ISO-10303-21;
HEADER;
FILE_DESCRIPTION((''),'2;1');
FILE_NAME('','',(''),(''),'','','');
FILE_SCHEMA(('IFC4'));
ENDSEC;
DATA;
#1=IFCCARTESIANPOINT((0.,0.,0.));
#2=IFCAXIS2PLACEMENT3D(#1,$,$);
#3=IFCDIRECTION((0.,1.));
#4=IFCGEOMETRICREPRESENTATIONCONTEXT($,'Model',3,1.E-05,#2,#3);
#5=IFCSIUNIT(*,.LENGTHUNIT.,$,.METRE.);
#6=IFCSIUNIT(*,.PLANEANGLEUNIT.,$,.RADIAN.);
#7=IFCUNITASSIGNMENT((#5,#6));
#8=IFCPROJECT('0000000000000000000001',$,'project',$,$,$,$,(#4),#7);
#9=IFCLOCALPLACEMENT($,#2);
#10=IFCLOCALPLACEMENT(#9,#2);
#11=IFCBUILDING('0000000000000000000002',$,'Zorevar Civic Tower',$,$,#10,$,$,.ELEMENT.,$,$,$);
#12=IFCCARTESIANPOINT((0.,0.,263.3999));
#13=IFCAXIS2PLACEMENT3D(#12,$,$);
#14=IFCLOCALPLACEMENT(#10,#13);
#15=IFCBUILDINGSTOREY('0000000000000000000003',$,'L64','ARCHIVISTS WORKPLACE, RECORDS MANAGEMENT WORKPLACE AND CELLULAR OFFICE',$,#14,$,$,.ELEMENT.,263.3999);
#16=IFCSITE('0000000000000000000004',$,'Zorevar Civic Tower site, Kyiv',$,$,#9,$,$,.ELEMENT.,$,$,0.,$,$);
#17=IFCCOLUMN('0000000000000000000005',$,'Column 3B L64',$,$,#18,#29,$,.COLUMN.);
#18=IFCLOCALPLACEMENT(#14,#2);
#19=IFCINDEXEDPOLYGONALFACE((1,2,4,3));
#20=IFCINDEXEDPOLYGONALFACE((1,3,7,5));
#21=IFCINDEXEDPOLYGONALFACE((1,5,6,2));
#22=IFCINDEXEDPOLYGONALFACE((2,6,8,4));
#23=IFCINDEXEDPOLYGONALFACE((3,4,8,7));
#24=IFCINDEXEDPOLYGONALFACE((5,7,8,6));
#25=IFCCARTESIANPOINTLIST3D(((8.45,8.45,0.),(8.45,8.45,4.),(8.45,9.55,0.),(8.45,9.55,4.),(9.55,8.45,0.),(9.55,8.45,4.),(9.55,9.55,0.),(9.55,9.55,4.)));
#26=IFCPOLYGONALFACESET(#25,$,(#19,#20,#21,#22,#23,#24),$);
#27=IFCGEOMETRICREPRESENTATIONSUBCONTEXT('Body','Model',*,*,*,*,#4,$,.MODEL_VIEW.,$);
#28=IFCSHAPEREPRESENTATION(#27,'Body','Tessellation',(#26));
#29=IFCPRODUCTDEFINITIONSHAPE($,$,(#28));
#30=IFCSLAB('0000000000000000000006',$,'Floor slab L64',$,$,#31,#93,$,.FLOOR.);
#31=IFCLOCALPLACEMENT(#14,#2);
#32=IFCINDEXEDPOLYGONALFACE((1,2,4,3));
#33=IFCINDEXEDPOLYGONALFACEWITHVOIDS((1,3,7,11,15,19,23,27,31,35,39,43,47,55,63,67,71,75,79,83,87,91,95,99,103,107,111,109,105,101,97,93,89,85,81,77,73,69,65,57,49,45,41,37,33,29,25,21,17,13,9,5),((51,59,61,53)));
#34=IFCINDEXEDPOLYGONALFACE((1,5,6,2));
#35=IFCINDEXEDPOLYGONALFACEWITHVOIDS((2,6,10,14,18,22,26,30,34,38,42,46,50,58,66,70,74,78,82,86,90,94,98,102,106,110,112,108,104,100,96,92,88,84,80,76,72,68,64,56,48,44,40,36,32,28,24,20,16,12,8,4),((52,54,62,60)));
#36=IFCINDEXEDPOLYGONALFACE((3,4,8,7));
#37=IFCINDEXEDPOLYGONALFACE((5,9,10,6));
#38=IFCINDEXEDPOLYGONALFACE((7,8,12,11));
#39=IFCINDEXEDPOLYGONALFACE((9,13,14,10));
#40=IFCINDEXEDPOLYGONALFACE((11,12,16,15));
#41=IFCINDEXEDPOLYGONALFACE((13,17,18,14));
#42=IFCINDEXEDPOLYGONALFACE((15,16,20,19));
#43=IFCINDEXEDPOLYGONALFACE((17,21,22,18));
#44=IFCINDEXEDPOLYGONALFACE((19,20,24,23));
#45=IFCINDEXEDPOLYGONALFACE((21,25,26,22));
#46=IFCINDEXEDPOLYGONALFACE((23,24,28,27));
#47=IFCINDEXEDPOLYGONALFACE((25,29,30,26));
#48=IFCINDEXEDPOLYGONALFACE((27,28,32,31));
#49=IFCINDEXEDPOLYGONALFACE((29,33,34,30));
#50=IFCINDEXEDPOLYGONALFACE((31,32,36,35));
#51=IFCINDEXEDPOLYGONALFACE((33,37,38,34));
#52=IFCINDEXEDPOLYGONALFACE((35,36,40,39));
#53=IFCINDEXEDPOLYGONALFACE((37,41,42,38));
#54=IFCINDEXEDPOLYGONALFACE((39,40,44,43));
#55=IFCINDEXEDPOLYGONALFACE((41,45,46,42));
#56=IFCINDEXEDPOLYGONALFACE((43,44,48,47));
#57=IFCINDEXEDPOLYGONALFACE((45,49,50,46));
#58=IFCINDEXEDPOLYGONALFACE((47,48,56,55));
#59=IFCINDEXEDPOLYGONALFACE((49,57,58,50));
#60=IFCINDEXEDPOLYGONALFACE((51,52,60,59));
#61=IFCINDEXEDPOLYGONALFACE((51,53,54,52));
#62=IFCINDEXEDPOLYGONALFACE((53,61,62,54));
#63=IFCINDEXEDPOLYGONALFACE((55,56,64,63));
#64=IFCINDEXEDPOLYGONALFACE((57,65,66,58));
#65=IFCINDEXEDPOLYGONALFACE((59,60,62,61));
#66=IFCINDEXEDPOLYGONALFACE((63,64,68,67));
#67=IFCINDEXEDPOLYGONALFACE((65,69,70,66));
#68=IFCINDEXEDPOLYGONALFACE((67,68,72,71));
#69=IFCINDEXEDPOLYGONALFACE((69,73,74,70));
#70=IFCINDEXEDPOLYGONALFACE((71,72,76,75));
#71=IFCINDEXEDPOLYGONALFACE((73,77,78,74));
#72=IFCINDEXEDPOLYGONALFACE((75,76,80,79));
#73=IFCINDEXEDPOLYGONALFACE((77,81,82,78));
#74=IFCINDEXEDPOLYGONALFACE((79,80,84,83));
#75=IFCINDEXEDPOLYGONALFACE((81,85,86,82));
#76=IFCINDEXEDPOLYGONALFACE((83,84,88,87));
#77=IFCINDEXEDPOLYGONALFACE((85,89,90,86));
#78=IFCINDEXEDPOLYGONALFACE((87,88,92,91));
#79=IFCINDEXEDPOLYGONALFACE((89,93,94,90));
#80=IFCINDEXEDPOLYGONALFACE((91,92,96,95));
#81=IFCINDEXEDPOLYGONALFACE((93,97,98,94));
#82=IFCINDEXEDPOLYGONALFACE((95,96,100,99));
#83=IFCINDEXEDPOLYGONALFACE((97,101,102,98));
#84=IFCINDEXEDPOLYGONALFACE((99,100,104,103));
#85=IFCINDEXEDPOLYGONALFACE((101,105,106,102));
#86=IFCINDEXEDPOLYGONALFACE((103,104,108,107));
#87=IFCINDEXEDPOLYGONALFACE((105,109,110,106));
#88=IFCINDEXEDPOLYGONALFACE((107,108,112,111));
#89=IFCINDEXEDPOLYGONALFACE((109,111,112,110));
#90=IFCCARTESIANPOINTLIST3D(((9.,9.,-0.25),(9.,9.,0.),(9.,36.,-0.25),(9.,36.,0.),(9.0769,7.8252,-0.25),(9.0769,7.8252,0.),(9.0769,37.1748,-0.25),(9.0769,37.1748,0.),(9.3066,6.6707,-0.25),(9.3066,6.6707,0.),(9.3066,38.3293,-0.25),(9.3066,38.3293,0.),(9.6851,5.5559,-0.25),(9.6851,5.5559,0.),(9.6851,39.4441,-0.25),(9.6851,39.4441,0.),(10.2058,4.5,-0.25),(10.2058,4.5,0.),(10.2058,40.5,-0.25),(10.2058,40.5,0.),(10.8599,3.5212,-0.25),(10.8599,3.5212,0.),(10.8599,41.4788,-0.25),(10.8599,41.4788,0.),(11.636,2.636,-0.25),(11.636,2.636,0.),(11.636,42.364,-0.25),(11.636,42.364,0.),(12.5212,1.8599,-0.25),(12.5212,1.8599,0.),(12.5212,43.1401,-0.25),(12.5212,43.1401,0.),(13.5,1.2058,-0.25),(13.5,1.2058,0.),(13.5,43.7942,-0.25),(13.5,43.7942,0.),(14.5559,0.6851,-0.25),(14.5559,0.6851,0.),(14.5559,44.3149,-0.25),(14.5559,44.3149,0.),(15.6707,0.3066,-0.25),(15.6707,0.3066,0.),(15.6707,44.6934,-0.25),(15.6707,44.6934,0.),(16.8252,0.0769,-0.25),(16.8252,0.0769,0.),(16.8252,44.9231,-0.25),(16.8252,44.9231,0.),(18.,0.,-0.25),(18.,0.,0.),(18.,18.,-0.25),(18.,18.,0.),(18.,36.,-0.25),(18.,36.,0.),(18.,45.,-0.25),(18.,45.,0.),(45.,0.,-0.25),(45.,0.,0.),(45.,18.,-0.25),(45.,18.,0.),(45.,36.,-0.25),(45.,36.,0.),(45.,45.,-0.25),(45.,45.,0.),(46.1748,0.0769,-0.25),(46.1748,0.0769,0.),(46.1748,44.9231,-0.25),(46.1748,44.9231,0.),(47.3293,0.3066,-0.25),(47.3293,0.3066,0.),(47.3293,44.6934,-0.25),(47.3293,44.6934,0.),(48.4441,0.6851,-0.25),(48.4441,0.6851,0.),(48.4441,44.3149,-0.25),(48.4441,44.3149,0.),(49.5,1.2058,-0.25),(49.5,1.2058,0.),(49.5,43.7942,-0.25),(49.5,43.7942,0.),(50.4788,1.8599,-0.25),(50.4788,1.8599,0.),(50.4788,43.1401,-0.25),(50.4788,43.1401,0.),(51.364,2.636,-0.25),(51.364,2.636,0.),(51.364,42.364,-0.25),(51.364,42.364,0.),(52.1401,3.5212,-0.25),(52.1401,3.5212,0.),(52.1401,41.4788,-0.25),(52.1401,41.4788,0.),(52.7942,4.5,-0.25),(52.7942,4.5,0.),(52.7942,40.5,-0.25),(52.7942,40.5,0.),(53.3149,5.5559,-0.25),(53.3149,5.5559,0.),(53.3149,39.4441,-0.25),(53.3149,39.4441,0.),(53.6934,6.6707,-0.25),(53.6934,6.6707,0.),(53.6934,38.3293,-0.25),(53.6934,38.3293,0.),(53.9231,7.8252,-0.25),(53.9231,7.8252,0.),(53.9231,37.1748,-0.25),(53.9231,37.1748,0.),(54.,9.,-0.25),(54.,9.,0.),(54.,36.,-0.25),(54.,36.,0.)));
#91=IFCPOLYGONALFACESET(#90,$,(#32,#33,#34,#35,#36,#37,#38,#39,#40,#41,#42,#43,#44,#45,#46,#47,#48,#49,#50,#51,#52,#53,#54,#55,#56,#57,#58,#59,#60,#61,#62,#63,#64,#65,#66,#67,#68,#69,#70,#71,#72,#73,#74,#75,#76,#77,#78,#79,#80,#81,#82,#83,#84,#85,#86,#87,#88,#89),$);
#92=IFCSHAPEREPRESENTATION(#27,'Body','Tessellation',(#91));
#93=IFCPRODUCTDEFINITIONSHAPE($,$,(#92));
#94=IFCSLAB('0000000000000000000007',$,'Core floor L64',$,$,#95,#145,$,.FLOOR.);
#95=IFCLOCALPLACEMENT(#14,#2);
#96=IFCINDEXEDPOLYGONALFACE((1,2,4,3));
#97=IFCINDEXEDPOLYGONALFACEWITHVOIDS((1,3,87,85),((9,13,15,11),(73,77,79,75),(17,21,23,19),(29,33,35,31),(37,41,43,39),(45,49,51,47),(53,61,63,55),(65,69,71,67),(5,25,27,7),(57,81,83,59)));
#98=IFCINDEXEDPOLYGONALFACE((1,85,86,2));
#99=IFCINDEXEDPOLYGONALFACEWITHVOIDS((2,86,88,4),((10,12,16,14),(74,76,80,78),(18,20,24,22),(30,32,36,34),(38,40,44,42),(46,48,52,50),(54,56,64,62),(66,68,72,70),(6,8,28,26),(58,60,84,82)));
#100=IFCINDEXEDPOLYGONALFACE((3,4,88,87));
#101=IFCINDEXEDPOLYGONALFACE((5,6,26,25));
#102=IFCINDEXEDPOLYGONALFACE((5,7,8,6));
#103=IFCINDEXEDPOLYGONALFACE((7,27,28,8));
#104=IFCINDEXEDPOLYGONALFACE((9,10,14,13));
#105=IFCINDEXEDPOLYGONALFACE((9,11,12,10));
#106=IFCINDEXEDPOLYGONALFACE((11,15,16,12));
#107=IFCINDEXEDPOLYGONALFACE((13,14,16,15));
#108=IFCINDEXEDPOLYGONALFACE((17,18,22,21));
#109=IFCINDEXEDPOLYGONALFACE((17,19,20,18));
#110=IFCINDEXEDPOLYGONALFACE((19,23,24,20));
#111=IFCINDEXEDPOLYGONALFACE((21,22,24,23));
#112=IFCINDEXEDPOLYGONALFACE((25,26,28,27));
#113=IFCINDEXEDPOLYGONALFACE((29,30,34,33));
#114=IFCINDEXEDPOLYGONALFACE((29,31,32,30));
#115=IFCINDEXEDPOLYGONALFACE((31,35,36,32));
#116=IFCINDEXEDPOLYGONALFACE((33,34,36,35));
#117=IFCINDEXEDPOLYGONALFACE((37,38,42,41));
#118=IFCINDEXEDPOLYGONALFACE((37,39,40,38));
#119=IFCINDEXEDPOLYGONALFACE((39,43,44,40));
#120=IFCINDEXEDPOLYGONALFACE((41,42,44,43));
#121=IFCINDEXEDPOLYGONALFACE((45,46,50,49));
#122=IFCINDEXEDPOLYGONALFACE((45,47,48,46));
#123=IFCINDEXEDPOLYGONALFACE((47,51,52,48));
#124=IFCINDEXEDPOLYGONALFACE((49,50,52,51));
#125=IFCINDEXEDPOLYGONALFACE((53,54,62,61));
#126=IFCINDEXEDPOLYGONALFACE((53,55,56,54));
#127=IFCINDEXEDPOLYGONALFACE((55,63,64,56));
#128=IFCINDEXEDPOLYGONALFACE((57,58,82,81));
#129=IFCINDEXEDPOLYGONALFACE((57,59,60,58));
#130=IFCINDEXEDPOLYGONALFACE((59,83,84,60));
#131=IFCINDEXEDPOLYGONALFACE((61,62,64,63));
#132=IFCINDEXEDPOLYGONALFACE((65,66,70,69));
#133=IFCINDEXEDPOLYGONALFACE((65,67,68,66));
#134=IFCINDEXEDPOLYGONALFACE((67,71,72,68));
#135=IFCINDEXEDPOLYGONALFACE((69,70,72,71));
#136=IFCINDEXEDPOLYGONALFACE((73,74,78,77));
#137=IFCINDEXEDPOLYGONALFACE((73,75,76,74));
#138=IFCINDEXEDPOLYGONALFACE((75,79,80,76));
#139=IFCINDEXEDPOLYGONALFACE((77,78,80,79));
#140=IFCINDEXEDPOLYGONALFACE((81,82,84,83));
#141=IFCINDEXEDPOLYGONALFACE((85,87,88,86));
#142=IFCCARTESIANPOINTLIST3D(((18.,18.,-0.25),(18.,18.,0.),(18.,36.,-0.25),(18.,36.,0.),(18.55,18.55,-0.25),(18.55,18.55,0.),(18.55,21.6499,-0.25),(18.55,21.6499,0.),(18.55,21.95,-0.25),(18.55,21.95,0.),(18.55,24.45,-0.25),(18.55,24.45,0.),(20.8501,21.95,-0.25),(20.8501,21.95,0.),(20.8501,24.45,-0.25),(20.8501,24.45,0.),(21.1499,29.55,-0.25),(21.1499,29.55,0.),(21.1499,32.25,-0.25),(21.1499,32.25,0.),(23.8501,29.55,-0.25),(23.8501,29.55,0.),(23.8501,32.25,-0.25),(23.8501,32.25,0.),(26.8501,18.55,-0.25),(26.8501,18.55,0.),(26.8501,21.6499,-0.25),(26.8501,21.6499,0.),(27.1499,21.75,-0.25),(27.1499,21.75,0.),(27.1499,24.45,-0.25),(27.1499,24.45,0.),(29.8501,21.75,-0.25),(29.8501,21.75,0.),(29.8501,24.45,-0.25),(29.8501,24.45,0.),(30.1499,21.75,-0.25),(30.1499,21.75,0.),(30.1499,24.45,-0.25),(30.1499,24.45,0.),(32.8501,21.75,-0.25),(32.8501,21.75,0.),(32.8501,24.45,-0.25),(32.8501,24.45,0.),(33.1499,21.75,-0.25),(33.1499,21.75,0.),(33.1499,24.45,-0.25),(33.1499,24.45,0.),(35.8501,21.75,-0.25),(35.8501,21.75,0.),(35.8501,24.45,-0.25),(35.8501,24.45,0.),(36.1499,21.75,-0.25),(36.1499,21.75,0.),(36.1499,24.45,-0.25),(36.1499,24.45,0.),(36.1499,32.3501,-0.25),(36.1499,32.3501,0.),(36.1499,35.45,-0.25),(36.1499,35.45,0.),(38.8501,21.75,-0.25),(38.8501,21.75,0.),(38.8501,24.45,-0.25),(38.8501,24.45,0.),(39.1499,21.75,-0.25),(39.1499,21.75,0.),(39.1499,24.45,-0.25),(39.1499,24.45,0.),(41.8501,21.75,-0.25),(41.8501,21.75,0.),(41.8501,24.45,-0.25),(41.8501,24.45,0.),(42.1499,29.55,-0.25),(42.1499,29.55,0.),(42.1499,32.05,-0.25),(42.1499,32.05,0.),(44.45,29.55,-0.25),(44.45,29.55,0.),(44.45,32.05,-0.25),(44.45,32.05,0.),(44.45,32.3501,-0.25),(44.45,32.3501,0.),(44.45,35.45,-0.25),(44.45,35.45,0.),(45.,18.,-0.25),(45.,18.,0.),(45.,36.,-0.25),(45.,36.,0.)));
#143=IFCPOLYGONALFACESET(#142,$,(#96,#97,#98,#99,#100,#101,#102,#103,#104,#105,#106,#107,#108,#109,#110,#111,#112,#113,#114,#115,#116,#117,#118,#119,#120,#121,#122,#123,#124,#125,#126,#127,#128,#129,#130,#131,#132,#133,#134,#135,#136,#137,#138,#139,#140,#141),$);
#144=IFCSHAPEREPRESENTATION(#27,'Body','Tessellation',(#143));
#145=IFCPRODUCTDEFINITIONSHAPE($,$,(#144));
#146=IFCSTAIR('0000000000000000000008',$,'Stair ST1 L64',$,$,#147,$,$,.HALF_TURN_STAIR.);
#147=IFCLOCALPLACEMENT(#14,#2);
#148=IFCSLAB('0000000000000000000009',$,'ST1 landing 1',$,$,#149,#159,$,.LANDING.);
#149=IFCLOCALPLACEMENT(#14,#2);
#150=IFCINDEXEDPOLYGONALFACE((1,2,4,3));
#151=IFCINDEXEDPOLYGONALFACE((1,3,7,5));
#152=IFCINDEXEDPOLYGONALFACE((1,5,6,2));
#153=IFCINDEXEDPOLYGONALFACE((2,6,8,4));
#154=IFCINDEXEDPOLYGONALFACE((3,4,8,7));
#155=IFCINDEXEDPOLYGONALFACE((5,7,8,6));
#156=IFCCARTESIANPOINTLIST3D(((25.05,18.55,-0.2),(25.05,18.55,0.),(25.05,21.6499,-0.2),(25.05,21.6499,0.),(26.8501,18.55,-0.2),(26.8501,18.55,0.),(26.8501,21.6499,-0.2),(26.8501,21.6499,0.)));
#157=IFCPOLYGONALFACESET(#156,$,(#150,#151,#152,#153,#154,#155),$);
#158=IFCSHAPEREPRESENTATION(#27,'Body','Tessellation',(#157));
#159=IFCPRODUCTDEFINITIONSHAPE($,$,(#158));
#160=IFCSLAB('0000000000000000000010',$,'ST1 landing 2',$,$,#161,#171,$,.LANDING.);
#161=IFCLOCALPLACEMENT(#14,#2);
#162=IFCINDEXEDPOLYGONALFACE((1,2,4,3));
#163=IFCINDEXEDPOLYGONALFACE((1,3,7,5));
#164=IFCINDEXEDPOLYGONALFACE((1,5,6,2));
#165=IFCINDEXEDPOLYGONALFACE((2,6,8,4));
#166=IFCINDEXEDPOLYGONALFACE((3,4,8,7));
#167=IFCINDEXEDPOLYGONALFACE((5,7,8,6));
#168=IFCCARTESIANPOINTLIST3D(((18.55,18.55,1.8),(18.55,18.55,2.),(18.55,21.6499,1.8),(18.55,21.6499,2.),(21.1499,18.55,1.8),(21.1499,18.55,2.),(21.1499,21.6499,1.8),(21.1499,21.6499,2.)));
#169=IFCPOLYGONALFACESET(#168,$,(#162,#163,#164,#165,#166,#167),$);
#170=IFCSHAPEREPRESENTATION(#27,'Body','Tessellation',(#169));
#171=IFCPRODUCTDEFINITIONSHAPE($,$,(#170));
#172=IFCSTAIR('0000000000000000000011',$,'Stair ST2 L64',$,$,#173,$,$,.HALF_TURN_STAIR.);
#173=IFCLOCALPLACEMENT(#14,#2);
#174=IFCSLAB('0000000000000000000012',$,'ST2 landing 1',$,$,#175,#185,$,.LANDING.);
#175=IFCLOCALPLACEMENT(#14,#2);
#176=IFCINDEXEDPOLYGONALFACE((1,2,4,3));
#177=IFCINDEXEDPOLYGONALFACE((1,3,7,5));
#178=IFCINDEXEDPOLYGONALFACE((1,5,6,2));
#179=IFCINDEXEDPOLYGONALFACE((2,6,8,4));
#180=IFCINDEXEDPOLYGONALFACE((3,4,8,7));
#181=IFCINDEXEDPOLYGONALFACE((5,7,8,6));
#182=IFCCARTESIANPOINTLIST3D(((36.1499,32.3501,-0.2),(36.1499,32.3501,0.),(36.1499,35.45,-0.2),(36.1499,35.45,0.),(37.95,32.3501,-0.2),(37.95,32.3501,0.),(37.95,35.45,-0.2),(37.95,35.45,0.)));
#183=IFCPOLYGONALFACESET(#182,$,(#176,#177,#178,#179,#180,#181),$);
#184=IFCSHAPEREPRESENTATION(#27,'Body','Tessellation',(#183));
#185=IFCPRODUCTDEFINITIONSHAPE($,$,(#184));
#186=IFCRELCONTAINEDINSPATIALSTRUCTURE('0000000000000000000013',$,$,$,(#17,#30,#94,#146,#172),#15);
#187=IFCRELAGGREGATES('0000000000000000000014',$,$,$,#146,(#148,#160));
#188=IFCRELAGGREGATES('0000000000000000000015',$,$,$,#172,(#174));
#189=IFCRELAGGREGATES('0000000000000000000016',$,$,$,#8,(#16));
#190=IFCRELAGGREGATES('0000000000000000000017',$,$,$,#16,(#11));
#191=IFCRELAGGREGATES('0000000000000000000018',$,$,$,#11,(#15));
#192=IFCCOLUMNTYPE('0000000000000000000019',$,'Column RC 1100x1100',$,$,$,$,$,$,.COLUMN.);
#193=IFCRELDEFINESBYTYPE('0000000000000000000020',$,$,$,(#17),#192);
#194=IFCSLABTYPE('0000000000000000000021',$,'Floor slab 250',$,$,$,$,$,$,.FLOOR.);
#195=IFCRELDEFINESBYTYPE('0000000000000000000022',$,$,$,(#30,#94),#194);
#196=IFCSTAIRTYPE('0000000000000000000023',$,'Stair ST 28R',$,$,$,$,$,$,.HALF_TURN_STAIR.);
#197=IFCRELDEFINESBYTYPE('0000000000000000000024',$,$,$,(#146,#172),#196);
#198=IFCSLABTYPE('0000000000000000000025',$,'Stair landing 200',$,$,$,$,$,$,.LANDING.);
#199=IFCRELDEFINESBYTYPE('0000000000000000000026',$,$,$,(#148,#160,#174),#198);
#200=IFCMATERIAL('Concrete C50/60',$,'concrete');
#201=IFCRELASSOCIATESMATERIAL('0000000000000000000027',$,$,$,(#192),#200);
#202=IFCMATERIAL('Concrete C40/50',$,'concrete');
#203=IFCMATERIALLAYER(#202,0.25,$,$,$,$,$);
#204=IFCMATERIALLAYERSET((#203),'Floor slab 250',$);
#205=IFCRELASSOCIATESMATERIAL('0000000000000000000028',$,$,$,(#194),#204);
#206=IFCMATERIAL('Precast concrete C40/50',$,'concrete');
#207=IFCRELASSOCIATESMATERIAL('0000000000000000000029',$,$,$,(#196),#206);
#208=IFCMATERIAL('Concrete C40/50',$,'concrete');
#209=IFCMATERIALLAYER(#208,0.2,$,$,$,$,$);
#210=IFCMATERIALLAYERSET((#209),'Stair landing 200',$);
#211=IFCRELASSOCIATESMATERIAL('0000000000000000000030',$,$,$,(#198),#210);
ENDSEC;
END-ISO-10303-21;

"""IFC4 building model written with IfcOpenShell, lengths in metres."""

from ifc_helpers import new_model, si_unit, direction, frame, origin, origin_2d, place, context, subcontext, project, spatial, polyline, rectangle, outline, extrude, material, layer, layer_set, material_profile, profile_set, type_object, element, aggregate, save


model = new_model("IFC4")

# Units and contexts
model_context = context("Model", 3, precision=1e-05, world=origin(), true_north=direction((0.0, 1.0)))
body_context = subcontext(model_context, "Body", "Model", "MODEL_VIEW")
ifc_project = project(units=[si_unit("LENGTHUNIT", "METRE"), si_unit("PLANEANGLEUNIT", "RADIAN")], contexts=[model_context])

# Site, building, storey
site_placement = place(None, origin())
site = spatial("IfcSite", under=ifc_project, at=site_placement, Name="Zorevar Civic Tower site, Kyiv", CompositionType="ELEMENT", RefElevation=0.0)
building_placement = place(site_placement, origin())
building = spatial("IfcBuilding", under=site, at=building_placement, Name="Zorevar Civic Tower", CompositionType="ELEMENT")
storey_placement = place(building_placement, frame((0.0, 0.0, 263.3999)))
storey = spatial("IfcBuildingStorey", under=building, at=storey_placement, Name="L64", Description="ARCHIVISTS WORKPLACE, RECORDS MANAGEMENT WORKPLACE AND CELLULAR OFFICE", CompositionType="ELEMENT", Elevation=263.3999)

# Column
ifc_material_1 = material(Name="Concrete C50/60", Category="concrete")
ifc_material_profile = material_profile(ifc_material_1, rectangle(XDim=1.1001, YDim=1.1001, at=origin_2d()), Name="RC 1100x1100")
ifc_profile_set = profile_set([ifc_material_profile], Name="Concrete C50/60")
column_type = type_object("IfcColumnType", Name="Column RC 1100x1100", PredefinedType="COLUMN", material=ifc_profile_set)
column_placement = place(storey_placement, frame((9.0, 9.0, 0.0), z_axis=(0.0, 0.0, 1.0), x_axis=(1.0, 0.0, 0.0)))
element("IfcColumn", 1, at=column_placement, inside=storey, type_object=column_type, Name="Column 3B L64", PredefinedType="COLUMN", context=body_context, shape_type="SweptSolid", body=[
    extrude(rectangle(XDim=1.1001, YDim=1.1001, at=origin_2d()), origin(), (0.0, 0.0, 1.0), 4.0),
])

# Slabs
ifc_material_2 = material(Name="Concrete C40/50", Category="concrete")
ifc_layer_1 = layer(ifc_material_2, 0.25)
ifc_layer_set_1 = layer_set([ifc_layer_1], Name="Floor slab 250")
slab_type_1 = type_object("IfcSlabType", Name="Floor slab 250", PredefinedType="FLOOR", material=ifc_layer_set_1)
slab_1_placement = place(storey_placement, frame((0.0, 0.0, -0.25)))
element("IfcSlab", 2, at=slab_1_placement, inside=storey, type_object=slab_type_1, Name="Floor slab L64", PredefinedType="FLOOR", context=body_context, shape_type="SweptSolid", body=[
    extrude(outline(polyline([(45.0, 0.0), (46.1748, 0.0769), (47.3293, 0.3066), (48.4441, 0.6851), (49.5, 1.2058), (50.4788, 1.8599), (51.364, 2.636), (52.1401, 3.5212), (52.7942, 4.5), (53.3149, 5.5559), (53.6934, 6.6707), (53.9231, 7.8252), (54.0, 9.0), (54.0, 36.0), (53.9231, 37.1748), (53.6934, 38.3293), (53.3149, 39.4441), (52.7942, 40.5), (52.1401, 41.4788), (51.364, 42.364), (50.4788, 43.1401), (49.5, 43.7942), (48.4441, 44.3149), (47.3293, 44.6934), (46.1748, 44.9231), (45.0, 45.0), (18.0, 45.0), (16.8252, 44.9231), (15.6707, 44.6934), (14.5559, 44.3149), (13.5, 43.7942), (12.5212, 43.1401), (11.636, 42.364), (10.8599, 41.4788), (10.2058, 40.5), (9.6851, 39.4441), (9.3066, 38.3293), (9.0769, 37.1748), (9.0, 36.0), (9.0, 9.0), (9.0769, 7.8252), (9.3066, 6.6707), (9.6851, 5.5559), (10.2058, 4.5), (10.8599, 3.5212), (11.636, 2.636), (12.5212, 1.8599), (13.5, 1.2058), (14.5559, 0.6851), (15.6707, 0.3066), (16.8252, 0.0769), (18.0, 0.0), (45.0, 0.0)]), holes=[polyline([(18.0, 18.0), (45.0, 18.0), (45.0, 36.0), (18.0, 36.0), (18.0, 18.0)])]), origin(), (0.0, 0.0, 1.0), 0.25),
])
slab_2_placement = place(storey_placement, frame((0.0, 0.0, -0.25)))
element("IfcSlab", 3, at=slab_2_placement, inside=storey, type_object=slab_type_1, Name="Core floor L64", PredefinedType="FLOOR", context=body_context, shape_type="SweptSolid", body=[
    extrude(outline(polyline([(18.0, 18.0), (45.0, 18.0), (45.0, 36.0), (18.0, 36.0), (18.0, 18.0)]), holes=[polyline([(18.55, 18.55), (26.8501, 18.55), (26.8501, 21.6499), (18.55, 21.6499), (18.55, 18.55)]), polyline([(36.1499, 32.3501), (44.45, 32.3501), (44.45, 35.45), (36.1499, 35.45), (36.1499, 32.3501)]), polyline([(18.55, 21.95), (20.8501, 21.95), (20.8501, 24.45), (18.55, 24.45), (18.55, 21.95)]), polyline([(42.1499, 29.55), (44.45, 29.55), (44.45, 32.05), (42.1499, 32.05), (42.1499, 29.55)]), polyline([(27.1499, 21.75), (29.8501, 21.75), (29.8501, 24.45), (27.1499, 24.45), (27.1499, 21.75)]), polyline([(30.1499, 21.75), (32.8501, 21.75), (32.8501, 24.45), (30.1499, 24.45), (30.1499, 21.75)]), polyline([(33.1499, 21.75), (35.8501, 21.75), (35.8501, 24.45), (33.1499, 24.45), (33.1499, 21.75)]), polyline([(36.1499, 21.75), (38.8501, 21.75), (38.8501, 24.45), (36.1499, 24.45), (36.1499, 21.75)]), polyline([(39.1499, 21.75), (41.8501, 21.75), (41.8501, 24.45), (39.1499, 24.45), (39.1499, 21.75)]), polyline([(21.1499, 29.55), (23.8501, 29.55), (23.8501, 32.25), (21.1499, 32.25), (21.1499, 29.55)])]), origin(), (0.0, 0.0, 1.0), 0.25),
])

# Stairs, slabs
ifc_material_3 = material(Name="Precast concrete C40/50", Category="concrete")
stair_type = type_object("IfcStairType", Name="Stair ST 28R", PredefinedType="HALF_TURN_STAIR", material=ifc_material_3)
stair_1_placement = place(storey_placement, origin())
stair_1 = element("IfcStair", 4, at=stair_1_placement, inside=storey, type_object=stair_type, Name="Stair ST1 L64", PredefinedType="HALF_TURN_STAIR")
ifc_material_4 = material(Name="Concrete C40/50", Category="concrete")
ifc_layer_2 = layer(ifc_material_4, 0.2)
ifc_layer_set_2 = layer_set([ifc_layer_2], Name="Stair landing 200")
slab_type_2 = type_object("IfcSlabType", Name="Stair landing 200", PredefinedType="LANDING", material=ifc_layer_set_2)
slab_3_placement = place(storey_placement, frame((0.0, 0.0, -0.2)))
slab_3 = element("IfcSlab", 5, at=slab_3_placement, type_object=slab_type_2, Name="ST1 landing 1", PredefinedType="LANDING", context=body_context, shape_type="SweptSolid", body=[
    extrude(outline(polyline([(25.05, 18.55), (26.8501, 18.55), (26.8501, 21.6499), (25.05, 21.6499), (25.05, 18.55)])), origin(), (0.0, 0.0, 1.0), 0.2),
])
slab_4_placement = place(storey_placement, frame((0.0, 0.0, 1.8)))
slab_4 = element("IfcSlab", 6, at=slab_4_placement, type_object=slab_type_2, Name="ST1 landing 2", PredefinedType="LANDING", context=body_context, shape_type="SweptSolid", body=[
    extrude(outline(polyline([(18.55, 18.55), (21.1499, 18.55), (21.1499, 21.6499), (18.55, 21.6499), (18.55, 18.55)])), origin(), (0.0, 0.0, 1.0), 0.2),
])
aggregate(stair_1, [slab_3, slab_4])
stair_2_placement = place(storey_placement, origin())
stair_2 = element("IfcStair", 7, at=stair_2_placement, inside=storey, type_object=stair_type, Name="Stair ST2 L64", PredefinedType="HALF_TURN_STAIR")
slab_5_placement = place(storey_placement, frame((0.0, 0.0, -0.2)))
slab_5 = element("IfcSlab", 8, at=slab_5_placement, type_object=slab_type_2, Name="ST2 landing 1", PredefinedType="LANDING", context=body_context, shape_type="SweptSolid", body=[
    extrude(outline(polyline([(37.95, 32.3501), (36.1499, 32.3501), (36.1499, 35.45), (37.95, 35.45), (37.95, 32.3501)])), origin(), (0.0, 0.0, 1.0), 0.2),
])
aggregate(stair_2, [slab_5])

save(model, "model.ifc")
